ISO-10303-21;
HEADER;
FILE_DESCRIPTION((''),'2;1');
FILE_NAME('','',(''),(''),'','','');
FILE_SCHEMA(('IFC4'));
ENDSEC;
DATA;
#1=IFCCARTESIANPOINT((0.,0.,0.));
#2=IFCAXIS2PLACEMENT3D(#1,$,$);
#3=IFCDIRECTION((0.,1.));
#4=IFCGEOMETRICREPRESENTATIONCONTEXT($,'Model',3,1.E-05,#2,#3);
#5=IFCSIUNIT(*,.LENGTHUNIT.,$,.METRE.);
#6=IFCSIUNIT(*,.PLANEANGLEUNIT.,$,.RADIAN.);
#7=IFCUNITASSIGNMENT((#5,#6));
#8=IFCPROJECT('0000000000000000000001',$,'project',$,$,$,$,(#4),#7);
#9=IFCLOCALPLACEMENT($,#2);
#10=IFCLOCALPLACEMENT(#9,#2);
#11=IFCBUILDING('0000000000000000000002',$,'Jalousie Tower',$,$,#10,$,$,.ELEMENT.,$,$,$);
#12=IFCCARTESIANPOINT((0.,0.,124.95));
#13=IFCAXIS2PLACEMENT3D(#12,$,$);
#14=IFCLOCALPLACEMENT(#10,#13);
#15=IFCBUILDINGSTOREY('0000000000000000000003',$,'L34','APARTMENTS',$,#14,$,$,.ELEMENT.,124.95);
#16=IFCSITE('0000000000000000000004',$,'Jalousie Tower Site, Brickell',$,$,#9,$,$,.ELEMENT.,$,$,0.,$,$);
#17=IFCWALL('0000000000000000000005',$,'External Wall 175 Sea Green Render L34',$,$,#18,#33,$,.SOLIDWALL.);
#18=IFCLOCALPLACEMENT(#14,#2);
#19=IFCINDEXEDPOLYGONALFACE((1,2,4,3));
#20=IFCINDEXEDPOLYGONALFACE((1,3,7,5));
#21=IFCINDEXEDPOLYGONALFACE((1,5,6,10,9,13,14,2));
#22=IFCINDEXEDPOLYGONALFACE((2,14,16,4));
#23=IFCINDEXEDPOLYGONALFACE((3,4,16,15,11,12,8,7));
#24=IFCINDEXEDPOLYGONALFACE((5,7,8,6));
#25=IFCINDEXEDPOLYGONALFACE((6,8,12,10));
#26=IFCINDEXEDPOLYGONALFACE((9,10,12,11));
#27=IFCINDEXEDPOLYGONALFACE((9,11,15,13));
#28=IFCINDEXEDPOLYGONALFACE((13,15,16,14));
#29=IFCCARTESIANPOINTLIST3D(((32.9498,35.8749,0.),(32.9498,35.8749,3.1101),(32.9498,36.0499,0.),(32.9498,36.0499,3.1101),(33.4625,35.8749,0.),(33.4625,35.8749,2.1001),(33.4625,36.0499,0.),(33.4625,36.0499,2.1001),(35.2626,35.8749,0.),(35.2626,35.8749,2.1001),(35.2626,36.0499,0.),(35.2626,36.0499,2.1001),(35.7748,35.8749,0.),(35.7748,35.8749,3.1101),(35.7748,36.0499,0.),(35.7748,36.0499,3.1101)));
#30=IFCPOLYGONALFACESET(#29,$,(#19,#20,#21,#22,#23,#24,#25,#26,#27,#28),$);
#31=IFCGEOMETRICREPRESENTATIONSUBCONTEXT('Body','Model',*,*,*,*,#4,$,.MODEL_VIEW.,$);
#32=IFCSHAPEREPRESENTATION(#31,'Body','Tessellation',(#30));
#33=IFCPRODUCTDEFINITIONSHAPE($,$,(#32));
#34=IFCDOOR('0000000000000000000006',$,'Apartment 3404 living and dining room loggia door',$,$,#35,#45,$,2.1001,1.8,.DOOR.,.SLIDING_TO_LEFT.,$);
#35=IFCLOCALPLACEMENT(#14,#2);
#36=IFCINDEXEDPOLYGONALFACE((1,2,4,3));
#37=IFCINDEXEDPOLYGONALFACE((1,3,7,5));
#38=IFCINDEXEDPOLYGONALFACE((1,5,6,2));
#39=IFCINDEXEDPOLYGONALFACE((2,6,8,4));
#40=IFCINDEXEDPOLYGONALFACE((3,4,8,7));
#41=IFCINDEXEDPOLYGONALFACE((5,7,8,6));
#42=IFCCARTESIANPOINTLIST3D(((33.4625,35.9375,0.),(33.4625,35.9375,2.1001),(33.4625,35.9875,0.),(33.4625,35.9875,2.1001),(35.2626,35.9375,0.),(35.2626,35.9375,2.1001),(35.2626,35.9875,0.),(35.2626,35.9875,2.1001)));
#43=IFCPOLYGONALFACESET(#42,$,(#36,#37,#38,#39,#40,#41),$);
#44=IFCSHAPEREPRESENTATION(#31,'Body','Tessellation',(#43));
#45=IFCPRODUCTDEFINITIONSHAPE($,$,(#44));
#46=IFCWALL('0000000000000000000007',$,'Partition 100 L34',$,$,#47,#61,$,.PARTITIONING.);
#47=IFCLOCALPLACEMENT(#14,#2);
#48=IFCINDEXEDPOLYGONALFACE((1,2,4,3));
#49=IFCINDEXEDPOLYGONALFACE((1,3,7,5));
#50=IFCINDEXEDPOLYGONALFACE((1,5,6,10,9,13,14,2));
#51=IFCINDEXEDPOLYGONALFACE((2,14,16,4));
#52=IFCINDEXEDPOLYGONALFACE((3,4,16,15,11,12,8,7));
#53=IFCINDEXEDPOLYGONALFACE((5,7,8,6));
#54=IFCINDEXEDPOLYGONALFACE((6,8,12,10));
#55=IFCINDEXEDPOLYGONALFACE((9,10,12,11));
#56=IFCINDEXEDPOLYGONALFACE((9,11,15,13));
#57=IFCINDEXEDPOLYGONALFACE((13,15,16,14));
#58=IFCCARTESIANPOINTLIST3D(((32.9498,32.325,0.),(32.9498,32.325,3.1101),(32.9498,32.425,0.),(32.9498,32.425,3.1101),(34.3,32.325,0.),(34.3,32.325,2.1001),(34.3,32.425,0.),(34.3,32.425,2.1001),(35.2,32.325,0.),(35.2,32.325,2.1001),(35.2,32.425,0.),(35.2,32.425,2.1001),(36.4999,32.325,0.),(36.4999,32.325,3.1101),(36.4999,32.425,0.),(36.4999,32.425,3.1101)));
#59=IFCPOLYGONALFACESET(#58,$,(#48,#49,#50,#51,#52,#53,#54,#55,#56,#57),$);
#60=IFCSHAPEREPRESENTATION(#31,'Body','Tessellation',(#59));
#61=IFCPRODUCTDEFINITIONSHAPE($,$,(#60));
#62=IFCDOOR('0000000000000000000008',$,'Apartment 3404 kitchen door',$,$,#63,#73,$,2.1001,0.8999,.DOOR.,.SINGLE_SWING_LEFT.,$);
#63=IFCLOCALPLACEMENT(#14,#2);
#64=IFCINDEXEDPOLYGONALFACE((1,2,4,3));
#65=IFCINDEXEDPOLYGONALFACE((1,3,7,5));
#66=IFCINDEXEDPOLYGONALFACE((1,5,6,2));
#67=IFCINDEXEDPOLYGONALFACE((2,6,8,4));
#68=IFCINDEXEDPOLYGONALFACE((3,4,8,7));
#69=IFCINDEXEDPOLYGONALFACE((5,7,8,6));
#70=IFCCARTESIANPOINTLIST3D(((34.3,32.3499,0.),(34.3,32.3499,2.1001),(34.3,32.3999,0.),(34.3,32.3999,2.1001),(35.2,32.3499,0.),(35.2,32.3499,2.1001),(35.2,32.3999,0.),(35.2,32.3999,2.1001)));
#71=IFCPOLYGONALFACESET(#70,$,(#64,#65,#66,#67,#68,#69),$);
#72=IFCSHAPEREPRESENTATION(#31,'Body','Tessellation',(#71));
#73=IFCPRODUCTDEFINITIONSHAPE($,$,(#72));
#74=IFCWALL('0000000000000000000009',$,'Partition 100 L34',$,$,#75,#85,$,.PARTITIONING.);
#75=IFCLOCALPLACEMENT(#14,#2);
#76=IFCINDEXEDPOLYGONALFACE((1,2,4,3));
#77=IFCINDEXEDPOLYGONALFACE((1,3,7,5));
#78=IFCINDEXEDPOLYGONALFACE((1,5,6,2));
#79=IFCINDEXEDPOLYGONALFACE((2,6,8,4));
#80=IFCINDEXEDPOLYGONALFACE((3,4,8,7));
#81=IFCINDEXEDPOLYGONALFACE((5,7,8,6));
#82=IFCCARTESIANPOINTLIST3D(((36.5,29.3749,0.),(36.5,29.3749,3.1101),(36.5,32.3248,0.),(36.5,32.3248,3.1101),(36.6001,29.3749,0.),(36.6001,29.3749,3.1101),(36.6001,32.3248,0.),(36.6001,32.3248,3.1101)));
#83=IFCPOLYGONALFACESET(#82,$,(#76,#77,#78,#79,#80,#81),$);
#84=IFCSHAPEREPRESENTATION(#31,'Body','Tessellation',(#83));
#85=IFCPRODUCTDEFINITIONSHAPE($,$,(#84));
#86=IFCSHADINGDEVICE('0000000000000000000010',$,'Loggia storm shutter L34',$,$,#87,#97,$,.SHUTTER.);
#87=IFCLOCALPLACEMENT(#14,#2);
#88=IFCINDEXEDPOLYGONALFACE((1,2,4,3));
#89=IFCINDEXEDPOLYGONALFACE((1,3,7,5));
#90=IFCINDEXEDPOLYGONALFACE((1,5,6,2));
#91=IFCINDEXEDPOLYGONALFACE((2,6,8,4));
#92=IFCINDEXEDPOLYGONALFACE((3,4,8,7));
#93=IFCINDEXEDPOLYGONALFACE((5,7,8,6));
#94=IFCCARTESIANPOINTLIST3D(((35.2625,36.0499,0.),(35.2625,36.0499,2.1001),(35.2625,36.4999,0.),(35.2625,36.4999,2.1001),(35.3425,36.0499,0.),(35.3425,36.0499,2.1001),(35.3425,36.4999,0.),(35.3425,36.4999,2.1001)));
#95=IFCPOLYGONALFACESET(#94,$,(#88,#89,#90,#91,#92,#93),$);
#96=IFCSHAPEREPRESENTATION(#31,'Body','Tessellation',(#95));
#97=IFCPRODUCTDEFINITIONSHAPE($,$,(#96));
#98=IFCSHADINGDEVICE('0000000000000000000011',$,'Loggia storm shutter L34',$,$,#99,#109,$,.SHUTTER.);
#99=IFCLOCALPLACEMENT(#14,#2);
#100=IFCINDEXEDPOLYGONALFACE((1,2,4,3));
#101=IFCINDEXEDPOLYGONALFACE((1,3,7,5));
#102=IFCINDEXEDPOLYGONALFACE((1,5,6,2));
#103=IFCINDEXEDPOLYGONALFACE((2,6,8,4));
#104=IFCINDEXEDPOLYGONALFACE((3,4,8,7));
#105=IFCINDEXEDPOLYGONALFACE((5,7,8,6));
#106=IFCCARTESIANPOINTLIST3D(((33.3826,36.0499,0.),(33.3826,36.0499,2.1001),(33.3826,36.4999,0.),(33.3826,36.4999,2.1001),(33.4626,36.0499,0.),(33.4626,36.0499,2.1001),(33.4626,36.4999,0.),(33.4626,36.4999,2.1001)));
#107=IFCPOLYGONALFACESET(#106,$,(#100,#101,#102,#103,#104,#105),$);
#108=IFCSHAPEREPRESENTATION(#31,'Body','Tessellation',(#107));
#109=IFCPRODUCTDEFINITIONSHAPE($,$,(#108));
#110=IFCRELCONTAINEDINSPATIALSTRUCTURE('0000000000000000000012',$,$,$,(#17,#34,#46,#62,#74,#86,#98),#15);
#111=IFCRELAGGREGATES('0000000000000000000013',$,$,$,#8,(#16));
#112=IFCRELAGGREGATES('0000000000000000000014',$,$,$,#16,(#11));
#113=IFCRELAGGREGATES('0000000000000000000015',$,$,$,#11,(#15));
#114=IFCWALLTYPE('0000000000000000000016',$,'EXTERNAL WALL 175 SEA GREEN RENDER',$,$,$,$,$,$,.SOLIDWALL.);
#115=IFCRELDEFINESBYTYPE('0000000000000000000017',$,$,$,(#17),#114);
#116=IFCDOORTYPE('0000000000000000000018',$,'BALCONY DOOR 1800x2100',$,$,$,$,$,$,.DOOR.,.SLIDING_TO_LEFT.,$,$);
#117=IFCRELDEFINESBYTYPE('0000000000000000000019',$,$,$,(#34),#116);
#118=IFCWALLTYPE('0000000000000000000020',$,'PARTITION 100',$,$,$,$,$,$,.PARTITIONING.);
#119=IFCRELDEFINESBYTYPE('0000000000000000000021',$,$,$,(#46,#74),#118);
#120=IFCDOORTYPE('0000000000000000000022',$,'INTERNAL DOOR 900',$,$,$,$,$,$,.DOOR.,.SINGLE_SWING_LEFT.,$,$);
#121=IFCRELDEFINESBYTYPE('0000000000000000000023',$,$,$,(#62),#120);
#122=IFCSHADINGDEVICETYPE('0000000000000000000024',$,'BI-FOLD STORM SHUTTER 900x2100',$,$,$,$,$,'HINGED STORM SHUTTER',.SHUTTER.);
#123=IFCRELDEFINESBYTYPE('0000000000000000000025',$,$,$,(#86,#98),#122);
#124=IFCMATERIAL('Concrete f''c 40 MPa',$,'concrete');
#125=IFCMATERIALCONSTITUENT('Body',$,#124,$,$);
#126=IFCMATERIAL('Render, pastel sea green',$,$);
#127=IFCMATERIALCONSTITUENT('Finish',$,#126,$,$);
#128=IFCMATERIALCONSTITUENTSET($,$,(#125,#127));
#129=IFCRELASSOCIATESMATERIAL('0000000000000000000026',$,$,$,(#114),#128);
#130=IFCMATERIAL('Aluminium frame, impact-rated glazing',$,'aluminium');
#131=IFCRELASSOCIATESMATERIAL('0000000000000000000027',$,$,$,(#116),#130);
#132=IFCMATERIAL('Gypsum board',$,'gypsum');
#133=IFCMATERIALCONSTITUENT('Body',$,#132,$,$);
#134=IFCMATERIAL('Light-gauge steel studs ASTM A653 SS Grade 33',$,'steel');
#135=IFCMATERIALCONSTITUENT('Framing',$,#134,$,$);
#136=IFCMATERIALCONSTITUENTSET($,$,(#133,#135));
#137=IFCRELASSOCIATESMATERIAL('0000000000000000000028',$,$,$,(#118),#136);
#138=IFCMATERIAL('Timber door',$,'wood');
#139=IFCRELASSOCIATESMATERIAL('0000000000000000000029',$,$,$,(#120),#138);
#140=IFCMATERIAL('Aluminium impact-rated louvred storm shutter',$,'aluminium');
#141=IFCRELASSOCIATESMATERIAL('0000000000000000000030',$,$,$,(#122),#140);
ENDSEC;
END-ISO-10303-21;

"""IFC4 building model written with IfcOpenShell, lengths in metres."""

from ifc_helpers import new_model, si_unit, direction, frame, frame_2d, origin, origin_2d, place, context, subcontext, project, spatial, rectangle, extrude, material, constituent, constituent_set, type_object, element, fill, save


model = new_model("IFC4")

# Units and contexts
model_context = context("Model", 3, precision=1e-05, world=origin(), true_north=direction((0.0, 1.0)))
body_context = subcontext(model_context, "Body", "Model", "MODEL_VIEW")
ifc_project = project(units=[si_unit("LENGTHUNIT", "METRE"), si_unit("PLANEANGLEUNIT", "RADIAN")], contexts=[model_context])

# Site, building, storey
site_placement = place(None, origin())
site = spatial("IfcSite", under=ifc_project, at=site_placement, Name="Jalousie Tower Site, Brickell", CompositionType="ELEMENT", RefElevation=0.0)
building_placement = place(site_placement, origin())
building = spatial("IfcBuilding", under=site, at=building_placement, Name="Jalousie Tower", CompositionType="ELEMENT")
storey_placement = place(building_placement, frame((0.0, 0.0, 124.95)))
storey = spatial("IfcBuildingStorey", under=building, at=storey_placement, Name="L34", Description="APARTMENTS", CompositionType="ELEMENT", Elevation=124.95)

# Walls, openings, doors
ifc_material_1 = material(Name="Concrete f'c 40 MPa", Category="concrete")
ifc_constituent_1 = constituent(ifc_material_1, Name="Body")
ifc_material_2 = material(Name="Render, pastel sea green")
ifc_constituent_2 = constituent(ifc_material_2, Name="Finish")
ifc_constituent_set_1 = constituent_set(constituents=[ifc_constituent_1, ifc_constituent_2])
wall_type_1 = type_object("IfcWallType", Name="EXTERNAL WALL 175 SEA GREEN RENDER", PredefinedType="SOLIDWALL", material=ifc_constituent_set_1)
wall_1_placement = place(storey_placement, frame((35.7749, 35.9624, 0.0), z_axis=(0.0, 0.0, 1.0), x_axis=(-1.0, 0.0, 0.0)))
wall_1 = element("IfcWall", 1, at=wall_1_placement, inside=storey, type_object=wall_type_1, Name="External Wall 175 Sea Green Render L34", PredefinedType="SOLIDWALL", context=body_context, shape_type="SweptSolid", body=[
    extrude(rectangle(XDim=2.825, YDim=0.175, at=frame_2d((1.4126, 0.0))), origin(), (0.0, 0.0, 1.0), 3.1101),
])
opening_1_placement = place(wall_1_placement, frame((0.5125, 0.0, 0.0)))
opening_1 = element("IfcOpeningElement", 2, at=opening_1_placement, cuts=wall_1, PredefinedType="OPENING", context=body_context, shape_type="SweptSolid", body=[
    extrude(rectangle(XDim=1.8, YDim=2.1001, at=frame_2d((0.8999, 1.05))), frame((0.0, 0.0974, 0.0), z_axis=(0.0, -1.0, 0.0), x_axis=(1.0, 0.0, 0.0)), (0.0, 0.0, 1.0), 0.1951),
])
ifc_material_3 = material(Name="Aluminium frame, impact-rated glazing", Category="aluminium")
door_type_1 = type_object("IfcDoorType", Name="BALCONY DOOR 1800x2100", OperationType="SLIDING_TO_LEFT", PredefinedType="DOOR", material=ifc_material_3)
door_1_placement = place(opening_1_placement, origin())
door_1 = element("IfcDoor", 3, at=door_1_placement, inside=storey, type_object=door_type_1, Name="Apartment 3404 living and dining room loggia door", OperationType="SLIDING_TO_LEFT", OverallHeight=2.1001, OverallWidth=1.8, PredefinedType="DOOR", context=body_context, shape_type="SweptSolid", body=[
    extrude(rectangle(XDim=1.8, YDim=2.1001, at=frame_2d((0.8999, 1.05))), frame((0.0, 0.0249, 0.0), z_axis=(0.0, -1.0, 0.0), x_axis=(1.0, 0.0, 0.0)), (0.0, 0.0, 1.0), 0.05),
])
fill(opening_1, door_1)
ifc_material_4 = material(Name="Gypsum board", Category="gypsum")
ifc_constituent_3 = constituent(ifc_material_4, Name="Body")
ifc_material_5 = material(Name="Light-gauge steel studs ASTM A653 SS Grade 33", Category="steel")
ifc_constituent_4 = constituent(ifc_material_5, Name="Framing")
ifc_constituent_set_2 = constituent_set(constituents=[ifc_constituent_3, ifc_constituent_4])
wall_type_2 = type_object("IfcWallType", Name="PARTITION 100", PredefinedType="PARTITIONING", material=ifc_constituent_set_2)
wall_2_placement = place(storey_placement, frame((32.95, 32.375, 0.0), z_axis=(0.0, 0.0, 1.0), x_axis=(1.0, 0.0, 0.0)))
wall_2 = element("IfcWall", 4, at=wall_2_placement, inside=storey, type_object=wall_type_2, Name="Partition 100 L34", PredefinedType="PARTITIONING", context=body_context, shape_type="SweptSolid", body=[
    extrude(rectangle(XDim=3.55, YDim=0.1001, at=frame_2d((1.7749, 0.0))), origin(), (0.0, 0.0, 1.0), 3.1101),
])
opening_2_placement = place(wall_2_placement, frame((1.3501, 0.0, 0.0)))
opening_2 = element("IfcOpeningElement", 5, at=opening_2_placement, cuts=wall_2, PredefinedType="OPENING", context=body_context, shape_type="SweptSolid", body=[
    extrude(rectangle(XDim=0.8999, YDim=2.1001, at=frame_2d((0.45, 1.05))), frame((0.0, 0.0601, 0.0), z_axis=(0.0, -1.0, 0.0), x_axis=(1.0, 0.0, 0.0)), (0.0, 0.0, 1.0), 0.1201),
])
ifc_material_6 = material(Name="Timber door", Category="wood")
door_type_2 = type_object("IfcDoorType", Name="INTERNAL DOOR 900", OperationType="SINGLE_SWING_LEFT", PredefinedType="DOOR", material=ifc_material_6)
door_2_placement = place(opening_2_placement, origin())
door_2 = element("IfcDoor", 6, at=door_2_placement, inside=storey, type_object=door_type_2, Name="Apartment 3404 kitchen door", OperationType="SINGLE_SWING_LEFT", OverallHeight=2.1001, OverallWidth=0.8999, PredefinedType="DOOR", context=body_context, shape_type="SweptSolid", body=[
    extrude(rectangle(XDim=0.8999, YDim=2.1001, at=frame_2d((0.45, 1.05))), frame((0.0, 0.0249, 0.0), z_axis=(0.0, -1.0, 0.0), x_axis=(1.0, 0.0, 0.0)), (0.0, 0.0, 1.0), 0.05),
])
fill(opening_2, door_2)

# Wall
wall_3_placement = place(storey_placement, frame((36.55, 32.325, 0.0), z_axis=(0.0, 0.0, 1.0), x_axis=(0.0, -1.0, 0.0)))
element("IfcWall", 7, at=wall_3_placement, inside=storey, type_object=wall_type_2, Name="Partition 100 L34", PredefinedType="PARTITIONING", context=body_context, shape_type="SweptSolid", body=[
    extrude(rectangle(XDim=2.95, YDim=0.1001, at=frame_2d((1.4751, 0.0))), origin(), (0.0, 0.0, 1.0), 3.1101),
])

# Shading devices
ifc_material_7 = material(Name="Aluminium impact-rated louvred storm shutter", Category="aluminium")
shading_device_type = type_object("IfcShadingDeviceType", Name="BI-FOLD STORM SHUTTER 900x2100", ElementType="HINGED STORM SHUTTER", PredefinedType="SHUTTER", material=ifc_material_7)
for number, where, z_axis, x_axis, name in (
    (8, (35.3025, 36.2749, 0.0), (0.0, 0.0, 1.0), (0.0, -1.0, 0.0), "Loggia storm shutter L34"),
    (9, (33.4226, 36.2749, 0.0), (0.0, 0.0, 1.0), (0.0, -1.0, 0.0), "Loggia storm shutter L34"),
):
    element("IfcShadingDevice", number, at=place(storey_placement, frame(where, z_axis=z_axis, x_axis=x_axis)), inside=storey, type_object=shading_device_type, Name=name, PredefinedType="SHUTTER", context=body_context, shape_type="SweptSolid", body=[
        extrude(rectangle(XDim=0.45, YDim=0.0801, at=origin_2d()), origin(), (0.0, 0.0, 1.0), 2.1001),
    ])

save(model, "model.ifc")
